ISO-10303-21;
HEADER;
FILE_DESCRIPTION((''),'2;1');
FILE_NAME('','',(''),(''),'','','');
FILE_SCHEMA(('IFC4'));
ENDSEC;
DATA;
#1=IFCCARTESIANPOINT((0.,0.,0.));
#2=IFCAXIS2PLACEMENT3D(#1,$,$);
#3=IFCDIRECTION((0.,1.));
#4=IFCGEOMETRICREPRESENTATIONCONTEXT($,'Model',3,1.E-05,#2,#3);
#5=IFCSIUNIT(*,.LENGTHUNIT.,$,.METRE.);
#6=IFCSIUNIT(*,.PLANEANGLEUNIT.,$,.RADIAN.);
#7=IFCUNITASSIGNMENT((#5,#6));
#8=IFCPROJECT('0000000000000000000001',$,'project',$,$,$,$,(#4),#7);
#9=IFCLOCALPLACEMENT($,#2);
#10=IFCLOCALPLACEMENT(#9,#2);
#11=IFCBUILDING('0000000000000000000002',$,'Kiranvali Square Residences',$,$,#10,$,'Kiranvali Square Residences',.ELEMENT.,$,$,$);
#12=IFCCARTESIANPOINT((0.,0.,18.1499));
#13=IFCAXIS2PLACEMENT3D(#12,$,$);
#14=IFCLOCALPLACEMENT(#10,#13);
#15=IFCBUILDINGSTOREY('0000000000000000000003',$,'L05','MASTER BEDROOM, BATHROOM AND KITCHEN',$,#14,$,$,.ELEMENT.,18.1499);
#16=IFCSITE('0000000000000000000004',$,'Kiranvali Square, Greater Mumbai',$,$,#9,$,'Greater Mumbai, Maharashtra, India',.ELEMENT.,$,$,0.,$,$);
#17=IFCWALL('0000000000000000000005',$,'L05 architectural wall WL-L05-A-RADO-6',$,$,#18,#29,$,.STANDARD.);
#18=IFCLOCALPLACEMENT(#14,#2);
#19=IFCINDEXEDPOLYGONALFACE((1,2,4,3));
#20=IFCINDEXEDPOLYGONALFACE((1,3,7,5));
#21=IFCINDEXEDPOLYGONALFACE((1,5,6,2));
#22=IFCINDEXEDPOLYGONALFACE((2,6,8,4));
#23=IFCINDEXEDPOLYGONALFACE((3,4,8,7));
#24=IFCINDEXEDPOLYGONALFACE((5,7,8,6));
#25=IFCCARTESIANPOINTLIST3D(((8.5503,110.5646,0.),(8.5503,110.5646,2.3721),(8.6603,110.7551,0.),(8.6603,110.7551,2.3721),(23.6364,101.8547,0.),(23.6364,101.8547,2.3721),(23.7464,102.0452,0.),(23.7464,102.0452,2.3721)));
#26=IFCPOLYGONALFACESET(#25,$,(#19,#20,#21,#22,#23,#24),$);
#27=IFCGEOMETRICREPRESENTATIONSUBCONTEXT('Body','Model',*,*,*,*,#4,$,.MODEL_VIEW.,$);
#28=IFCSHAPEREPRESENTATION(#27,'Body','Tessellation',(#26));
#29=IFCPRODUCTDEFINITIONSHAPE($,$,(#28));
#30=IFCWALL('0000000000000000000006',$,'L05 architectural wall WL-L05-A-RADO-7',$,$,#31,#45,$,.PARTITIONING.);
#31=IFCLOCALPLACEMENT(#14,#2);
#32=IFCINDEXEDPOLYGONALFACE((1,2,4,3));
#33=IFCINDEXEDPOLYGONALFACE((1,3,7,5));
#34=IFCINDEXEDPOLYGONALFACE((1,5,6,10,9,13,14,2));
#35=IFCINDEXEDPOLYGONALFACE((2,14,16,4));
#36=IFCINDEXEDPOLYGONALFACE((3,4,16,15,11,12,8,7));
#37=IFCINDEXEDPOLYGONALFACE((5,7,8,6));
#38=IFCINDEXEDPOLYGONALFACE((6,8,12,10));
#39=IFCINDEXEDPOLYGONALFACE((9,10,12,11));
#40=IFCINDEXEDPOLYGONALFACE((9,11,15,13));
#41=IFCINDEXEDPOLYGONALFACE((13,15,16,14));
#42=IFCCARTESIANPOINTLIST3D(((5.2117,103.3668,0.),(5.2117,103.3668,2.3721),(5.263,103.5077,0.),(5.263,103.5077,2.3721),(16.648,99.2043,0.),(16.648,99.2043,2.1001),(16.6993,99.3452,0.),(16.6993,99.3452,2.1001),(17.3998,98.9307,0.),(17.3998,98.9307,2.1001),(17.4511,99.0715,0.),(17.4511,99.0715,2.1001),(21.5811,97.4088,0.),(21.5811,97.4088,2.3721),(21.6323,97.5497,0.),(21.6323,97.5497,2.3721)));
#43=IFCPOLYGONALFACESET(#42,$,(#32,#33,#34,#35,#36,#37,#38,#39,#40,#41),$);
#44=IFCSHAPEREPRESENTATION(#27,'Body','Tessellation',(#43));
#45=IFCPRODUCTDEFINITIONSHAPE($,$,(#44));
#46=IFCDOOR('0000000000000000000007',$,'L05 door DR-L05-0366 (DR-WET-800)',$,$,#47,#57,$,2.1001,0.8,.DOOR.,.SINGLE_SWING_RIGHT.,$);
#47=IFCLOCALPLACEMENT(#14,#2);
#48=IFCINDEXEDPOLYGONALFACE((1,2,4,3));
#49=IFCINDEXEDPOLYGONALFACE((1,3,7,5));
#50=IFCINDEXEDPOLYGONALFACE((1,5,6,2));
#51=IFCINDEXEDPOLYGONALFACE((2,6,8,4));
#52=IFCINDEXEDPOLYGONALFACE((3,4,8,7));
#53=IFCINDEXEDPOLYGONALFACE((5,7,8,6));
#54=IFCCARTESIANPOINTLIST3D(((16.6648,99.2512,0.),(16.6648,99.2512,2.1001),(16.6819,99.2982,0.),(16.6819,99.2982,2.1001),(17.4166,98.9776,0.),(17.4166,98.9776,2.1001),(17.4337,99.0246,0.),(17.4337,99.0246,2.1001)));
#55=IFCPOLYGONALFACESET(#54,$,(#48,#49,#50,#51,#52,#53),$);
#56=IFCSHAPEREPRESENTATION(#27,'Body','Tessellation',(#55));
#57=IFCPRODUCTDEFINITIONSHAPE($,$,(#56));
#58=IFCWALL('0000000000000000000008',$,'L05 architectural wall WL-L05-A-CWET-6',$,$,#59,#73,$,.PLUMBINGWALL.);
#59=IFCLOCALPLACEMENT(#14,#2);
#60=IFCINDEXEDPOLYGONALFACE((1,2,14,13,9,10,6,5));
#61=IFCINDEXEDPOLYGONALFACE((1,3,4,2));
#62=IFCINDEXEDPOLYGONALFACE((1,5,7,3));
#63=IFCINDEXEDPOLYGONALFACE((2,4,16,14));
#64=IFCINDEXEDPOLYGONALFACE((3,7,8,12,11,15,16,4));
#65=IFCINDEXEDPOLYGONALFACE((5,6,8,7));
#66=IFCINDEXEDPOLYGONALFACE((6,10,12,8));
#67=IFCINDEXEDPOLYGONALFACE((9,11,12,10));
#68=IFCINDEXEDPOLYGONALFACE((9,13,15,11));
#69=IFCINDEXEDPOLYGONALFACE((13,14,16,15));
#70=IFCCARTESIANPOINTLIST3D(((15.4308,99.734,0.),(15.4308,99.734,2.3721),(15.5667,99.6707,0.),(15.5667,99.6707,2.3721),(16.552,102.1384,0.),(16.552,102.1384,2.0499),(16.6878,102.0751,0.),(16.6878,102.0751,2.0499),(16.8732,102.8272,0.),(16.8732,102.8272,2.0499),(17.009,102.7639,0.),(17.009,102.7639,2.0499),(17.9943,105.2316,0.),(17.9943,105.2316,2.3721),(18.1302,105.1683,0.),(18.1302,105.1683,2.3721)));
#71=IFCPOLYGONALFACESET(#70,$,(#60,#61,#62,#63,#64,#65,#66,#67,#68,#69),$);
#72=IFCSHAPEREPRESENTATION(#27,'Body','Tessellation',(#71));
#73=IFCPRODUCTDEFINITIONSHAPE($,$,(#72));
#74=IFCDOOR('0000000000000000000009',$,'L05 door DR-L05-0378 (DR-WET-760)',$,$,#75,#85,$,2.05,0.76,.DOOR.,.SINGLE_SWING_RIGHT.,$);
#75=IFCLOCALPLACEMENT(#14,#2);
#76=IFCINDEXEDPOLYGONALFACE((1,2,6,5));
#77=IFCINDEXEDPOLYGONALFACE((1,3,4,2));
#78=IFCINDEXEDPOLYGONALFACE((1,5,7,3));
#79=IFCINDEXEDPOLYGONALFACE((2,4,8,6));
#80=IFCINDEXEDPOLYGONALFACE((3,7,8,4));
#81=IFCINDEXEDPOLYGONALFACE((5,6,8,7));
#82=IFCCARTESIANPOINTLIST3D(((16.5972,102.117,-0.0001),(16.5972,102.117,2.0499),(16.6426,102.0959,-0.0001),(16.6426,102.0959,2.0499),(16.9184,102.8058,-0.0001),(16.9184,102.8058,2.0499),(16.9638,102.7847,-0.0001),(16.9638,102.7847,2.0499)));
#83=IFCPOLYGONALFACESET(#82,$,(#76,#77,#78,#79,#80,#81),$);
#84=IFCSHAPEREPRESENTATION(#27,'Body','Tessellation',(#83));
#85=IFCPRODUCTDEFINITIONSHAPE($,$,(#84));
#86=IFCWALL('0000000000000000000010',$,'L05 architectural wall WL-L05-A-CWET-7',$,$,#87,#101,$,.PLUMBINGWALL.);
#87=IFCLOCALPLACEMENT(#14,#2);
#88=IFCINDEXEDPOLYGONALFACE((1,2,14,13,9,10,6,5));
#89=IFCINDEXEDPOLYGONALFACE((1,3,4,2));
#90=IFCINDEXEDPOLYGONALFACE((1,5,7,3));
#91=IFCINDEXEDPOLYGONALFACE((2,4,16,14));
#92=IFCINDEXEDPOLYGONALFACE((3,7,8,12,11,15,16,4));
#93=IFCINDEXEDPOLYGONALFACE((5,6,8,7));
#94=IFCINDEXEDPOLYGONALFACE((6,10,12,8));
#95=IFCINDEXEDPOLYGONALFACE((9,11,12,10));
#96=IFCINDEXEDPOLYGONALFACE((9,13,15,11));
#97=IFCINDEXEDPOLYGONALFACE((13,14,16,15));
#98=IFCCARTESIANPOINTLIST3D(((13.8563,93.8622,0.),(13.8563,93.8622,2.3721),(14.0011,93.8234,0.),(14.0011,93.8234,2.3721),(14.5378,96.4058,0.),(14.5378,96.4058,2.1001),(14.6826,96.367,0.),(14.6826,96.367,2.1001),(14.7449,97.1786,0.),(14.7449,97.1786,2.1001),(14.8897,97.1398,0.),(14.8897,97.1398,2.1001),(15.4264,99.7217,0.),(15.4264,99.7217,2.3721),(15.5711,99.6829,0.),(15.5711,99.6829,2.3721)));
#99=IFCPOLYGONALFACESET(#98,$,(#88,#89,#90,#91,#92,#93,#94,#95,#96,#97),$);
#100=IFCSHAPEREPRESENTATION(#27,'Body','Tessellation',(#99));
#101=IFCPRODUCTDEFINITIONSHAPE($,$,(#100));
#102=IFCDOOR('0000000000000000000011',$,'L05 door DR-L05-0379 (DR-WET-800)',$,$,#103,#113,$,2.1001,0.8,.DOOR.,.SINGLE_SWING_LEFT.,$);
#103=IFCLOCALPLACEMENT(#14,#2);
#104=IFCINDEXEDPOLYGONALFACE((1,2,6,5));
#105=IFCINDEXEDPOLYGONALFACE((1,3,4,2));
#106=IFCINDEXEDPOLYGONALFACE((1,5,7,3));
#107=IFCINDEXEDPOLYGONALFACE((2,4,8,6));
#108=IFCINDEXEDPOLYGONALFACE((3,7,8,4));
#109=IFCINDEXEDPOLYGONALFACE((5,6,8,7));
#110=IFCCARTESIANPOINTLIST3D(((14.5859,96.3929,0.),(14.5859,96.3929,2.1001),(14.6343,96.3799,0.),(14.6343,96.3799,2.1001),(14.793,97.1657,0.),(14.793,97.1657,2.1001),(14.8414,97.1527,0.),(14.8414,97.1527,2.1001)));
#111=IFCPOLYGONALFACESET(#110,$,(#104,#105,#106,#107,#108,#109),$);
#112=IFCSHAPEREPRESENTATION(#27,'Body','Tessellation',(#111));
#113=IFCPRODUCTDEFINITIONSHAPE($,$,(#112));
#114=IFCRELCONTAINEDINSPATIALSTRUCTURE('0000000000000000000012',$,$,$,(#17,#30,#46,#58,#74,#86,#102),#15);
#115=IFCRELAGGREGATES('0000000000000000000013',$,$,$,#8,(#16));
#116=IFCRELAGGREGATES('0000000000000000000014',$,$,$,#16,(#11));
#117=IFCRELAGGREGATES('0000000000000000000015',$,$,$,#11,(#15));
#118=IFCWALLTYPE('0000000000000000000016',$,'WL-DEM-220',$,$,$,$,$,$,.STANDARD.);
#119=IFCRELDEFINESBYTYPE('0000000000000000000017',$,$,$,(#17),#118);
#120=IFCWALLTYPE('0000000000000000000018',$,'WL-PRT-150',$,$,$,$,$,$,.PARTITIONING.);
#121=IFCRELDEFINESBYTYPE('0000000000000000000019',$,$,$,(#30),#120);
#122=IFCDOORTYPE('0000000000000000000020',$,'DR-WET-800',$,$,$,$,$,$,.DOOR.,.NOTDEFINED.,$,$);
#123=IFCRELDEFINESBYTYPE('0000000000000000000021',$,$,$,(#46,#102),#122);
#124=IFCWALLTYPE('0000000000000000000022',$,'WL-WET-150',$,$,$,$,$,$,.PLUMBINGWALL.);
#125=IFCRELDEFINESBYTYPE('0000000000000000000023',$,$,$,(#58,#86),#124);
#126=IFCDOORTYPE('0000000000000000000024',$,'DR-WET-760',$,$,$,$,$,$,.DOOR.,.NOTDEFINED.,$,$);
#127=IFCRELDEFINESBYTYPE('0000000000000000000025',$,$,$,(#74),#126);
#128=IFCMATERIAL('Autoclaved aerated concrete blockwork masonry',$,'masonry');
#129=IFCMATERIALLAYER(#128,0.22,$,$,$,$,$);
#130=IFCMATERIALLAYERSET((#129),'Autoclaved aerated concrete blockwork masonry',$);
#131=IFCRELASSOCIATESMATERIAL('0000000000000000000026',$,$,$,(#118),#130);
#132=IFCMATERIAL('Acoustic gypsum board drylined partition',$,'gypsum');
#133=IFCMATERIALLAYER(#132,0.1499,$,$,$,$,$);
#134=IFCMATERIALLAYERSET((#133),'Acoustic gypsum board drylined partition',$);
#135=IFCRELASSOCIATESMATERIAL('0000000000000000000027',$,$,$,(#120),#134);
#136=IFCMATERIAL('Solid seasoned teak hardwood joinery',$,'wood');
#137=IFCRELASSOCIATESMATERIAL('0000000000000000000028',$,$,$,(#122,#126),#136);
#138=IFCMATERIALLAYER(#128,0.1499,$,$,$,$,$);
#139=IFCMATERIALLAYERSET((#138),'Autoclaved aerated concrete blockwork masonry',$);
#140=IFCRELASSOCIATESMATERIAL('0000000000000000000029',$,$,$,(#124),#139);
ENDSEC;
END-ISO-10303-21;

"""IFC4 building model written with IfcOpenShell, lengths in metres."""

from ifc_helpers import new_model, si_unit, direction, frame, frame_2d, origin, place, context, subcontext, project, spatial, rectangle, extrude, material, layer, layer_set, type_object, element, fill, save


model = new_model("IFC4")

# Units and contexts
model_context = context("Model", 3, precision=1e-05, world=origin(), true_north=direction((0.0, 1.0)))
body_context = subcontext(model_context, "Body", "Model", "MODEL_VIEW")
ifc_project = project(units=[si_unit("LENGTHUNIT", "METRE"), si_unit("PLANEANGLEUNIT", "RADIAN")], contexts=[model_context])

# Site, building, storey
site_placement = place(None, origin())
site = spatial("IfcSite", under=ifc_project, at=site_placement, Name="Kiranvali Square, Greater Mumbai", LongName="Greater Mumbai, Maharashtra, India", CompositionType="ELEMENT", RefElevation=0.0)
building_placement = place(site_placement, origin())
building = spatial("IfcBuilding", under=site, at=building_placement, Name="Kiranvali Square Residences", LongName="Kiranvali Square Residences", CompositionType="ELEMENT")
storey_placement = place(building_placement, frame((0.0, 0.0, 18.1499)))
storey = spatial("IfcBuildingStorey", under=building, at=storey_placement, Name="L05", Description="MASTER BEDROOM, BATHROOM AND KITCHEN", CompositionType="ELEMENT", Elevation=18.1499)

# Wall
ifc_material_1 = material(Name="Autoclaved aerated concrete blockwork masonry", Category="masonry")
ifc_layer_1 = layer(ifc_material_1, 0.22)
ifc_layer_set_1 = layer_set([ifc_layer_1], Name="Autoclaved aerated concrete blockwork masonry")
wall_type_1 = type_object("IfcWallType", Name="WL-DEM-220", PredefinedType="STANDARD", material=ifc_layer_set_1)
wall_1_placement = place(storey_placement, frame((23.6914, 101.95, 0.0), z_axis=(0.0, 0.0, 1.0), x_axis=(-0.866027, 0.499998, 0.0)))
element("IfcWall", 1, at=wall_1_placement, inside=storey, type_object=wall_type_1, Name="L05 architectural wall WL-L05-A-RADO-6", PredefinedType="STANDARD", context=body_context, shape_type="SweptSolid", body=[
    extrude(rectangle(XDim=17.4199, YDim=0.22, at=frame_2d((8.71, 0.0))), origin(), (0.0, 0.0, 1.0), 2.3721),
])

# Walls, openings, doors
ifc_material_2 = material(Name="Acoustic gypsum board drylined partition", Category="gypsum")
ifc_layer_2 = layer(ifc_material_2, 0.1499)
ifc_layer_set_2 = layer_set([ifc_layer_2], Name="Acoustic gypsum board drylined partition")
wall_type_2 = type_object("IfcWallType", Name="WL-PRT-150", PredefinedType="PARTITIONING", material=ifc_layer_set_2)
wall_2_placement = place(storey_placement, frame((21.6067, 97.4792, 0.0), z_axis=(0.0, 0.0, 1.0), x_axis=(-0.939692, 0.342022, 0.0)))
wall_2 = element("IfcWall", 2, at=wall_2_placement, inside=storey, type_object=wall_type_2, Name="L05 architectural wall WL-L05-A-RADO-7", PredefinedType="PARTITIONING", context=body_context, shape_type="SweptSolid", body=[
    extrude(rectangle(XDim=17.4199, YDim=0.1499, at=frame_2d((8.71, 0.0))), origin(), (0.0, 0.0, 1.0), 2.3721),
])
opening_1_placement = place(wall_2_placement, frame((4.4497, 0.0, 0.0)))
opening_1 = element("IfcOpeningElement", 3, at=opening_1_placement, cuts=wall_2, PredefinedType="OPENING", context=body_context, shape_type="SweptSolid", body=[
    extrude(rectangle(XDim=0.8, YDim=2.1001, at=frame_2d((0.3999, 1.05))), frame((0.0, 0.085, 0.0), z_axis=(0.0, -1.0, 0.0), x_axis=(1.0, 0.0, 0.0)), (0.0, 0.0, 1.0), 0.1699),
])
ifc_material_3 = material(Name="Solid seasoned teak hardwood joinery", Category="wood")
door_type_1 = type_object("IfcDoorType", Name="DR-WET-800", OperationType="NOTDEFINED", PredefinedType="DOOR", material=ifc_material_3)
door_1_placement = place(opening_1_placement, frame((0.8, 0.0, 0.0), z_axis=(0.0, 0.0, 1.0), x_axis=(-1.0, 0.0, 0.0)))
door_1 = element("IfcDoor", 4, at=door_1_placement, inside=storey, type_object=door_type_1, Name="L05 door DR-L05-0366 (DR-WET-800)", OperationType="SINGLE_SWING_RIGHT", OverallHeight=2.1001, OverallWidth=0.8, PredefinedType="DOOR", context=body_context, shape_type="SweptSolid", body=[
    extrude(rectangle(XDim=0.8, YDim=2.1001, at=frame_2d((0.3999, 1.05))), frame((0.0, 0.0249, 0.0), z_axis=(0.0, -1.0, 0.0), x_axis=(1.0, 0.0, 0.0)), (0.0, 0.0, 1.0), 0.05),
])
fill(opening_1, door_1)
ifc_layer_3 = layer(ifc_material_1, 0.1499)
ifc_layer_set_3 = layer_set([ifc_layer_3], Name="Autoclaved aerated concrete blockwork masonry")
wall_type_3 = type_object("IfcWallType", Name="WL-WET-150", PredefinedType="PLUMBINGWALL", material=ifc_layer_set_3)
wall_3_placement = place(storey_placement, frame((18.0623, 105.2, 0.0), z_axis=(0.0, 0.0, 1.0), x_axis=(-0.422608, -0.906313, 0.0)))
wall_3 = element("IfcWall", 5, at=wall_3_placement, inside=storey, type_object=wall_type_3, Name="L05 architectural wall WL-L05-A-CWET-6", PredefinedType="PLUMBINGWALL", context=body_context, shape_type="SweptSolid", body=[
    extrude(rectangle(XDim=6.0659, YDim=0.1499, at=frame_2d((3.033, 0.0))), origin(), (0.0, 0.0, 1.0), 2.3721),
])
opening_2_placement = place(wall_3_placement, frame((2.6531, 0.0, 0.0)))
opening_2 = element("IfcOpeningElement", 6, at=opening_2_placement, cuts=wall_3, PredefinedType="OPENING", context=body_context, shape_type="SweptSolid", body=[
    extrude(rectangle(XDim=0.76, YDim=2.05, at=frame_2d((0.3799, 1.0249))), frame((0.0, 0.085, 0.0), z_axis=(0.0, -1.0, 0.0), x_axis=(1.0, 0.0, 0.0)), (0.0, 0.0, 1.0), 0.1699),
])
door_type_2 = type_object("IfcDoorType", Name="DR-WET-760", OperationType="NOTDEFINED", PredefinedType="DOOR", material=ifc_material_3)
door_2_placement = place(opening_2_placement, frame((0.76, 0.0, 0.0), z_axis=(0.0, 0.0, 1.0), x_axis=(-1.0, 0.0, 0.0)))
door_2 = element("IfcDoor", 7, at=door_2_placement, inside=storey, type_object=door_type_2, Name="L05 door DR-L05-0378 (DR-WET-760)", OperationType="SINGLE_SWING_RIGHT", OverallHeight=2.05, OverallWidth=0.76, PredefinedType="DOOR", context=body_context, shape_type="SweptSolid", body=[
    extrude(rectangle(XDim=0.76, YDim=2.05, at=frame_2d((0.3799, 1.0249))), frame((0.0, 0.0249, 0.0), z_axis=(0.0, -1.0, 0.0), x_axis=(1.0, 0.0, 0.0)), (0.0, 0.0, 1.0), 0.05),
])
fill(opening_2, door_2)
wall_4_placement = place(storey_placement, frame((15.4988, 99.7024, 0.0), z_axis=(0.0, 0.0, 1.0), x_axis=(-0.258827, -0.965924, 0.0)))
wall_4 = element("IfcWall", 8, at=wall_4_placement, inside=storey, type_object=wall_type_3, Name="L05 architectural wall WL-L05-A-CWET-7", PredefinedType="PLUMBINGWALL", context=body_context, shape_type="SweptSolid", body=[
    extrude(rectangle(XDim=6.0662, YDim=0.1499, at=frame_2d((3.0332, 0.0))), origin(), (0.0, 0.0, 1.0), 2.3721),
])
opening_3_placement = place(wall_4_placement, frame((2.6331, 0.0, 0.0)))
opening_3 = element("IfcOpeningElement", 9, at=opening_3_placement, cuts=wall_4, PredefinedType="OPENING", context=body_context, shape_type="SweptSolid", body=[
    extrude(rectangle(XDim=0.8, YDim=2.1001, at=frame_2d((0.3999, 1.05))), frame((0.0, 0.085, 0.0), z_axis=(0.0, -1.0, 0.0), x_axis=(1.0, 0.0, 0.0)), (0.0, 0.0, 1.0), 0.1699),
])
door_3_placement = place(opening_3_placement, origin())
door_3 = element("IfcDoor", 10, at=door_3_placement, inside=storey, type_object=door_type_1, Name="L05 door DR-L05-0379 (DR-WET-800)", OperationType="SINGLE_SWING_LEFT", OverallHeight=2.1001, OverallWidth=0.8, PredefinedType="DOOR", context=body_context, shape_type="SweptSolid", body=[
    extrude(rectangle(XDim=0.8, YDim=2.1001, at=frame_2d((0.3999, 1.05))), frame((0.0, 0.0249, 0.0), z_axis=(0.0, -1.0, 0.0), x_axis=(1.0, 0.0, 0.0)), (0.0, 0.0, 1.0), 0.05),
])
fill(opening_3, door_3)

save(model, "model.ifc")
